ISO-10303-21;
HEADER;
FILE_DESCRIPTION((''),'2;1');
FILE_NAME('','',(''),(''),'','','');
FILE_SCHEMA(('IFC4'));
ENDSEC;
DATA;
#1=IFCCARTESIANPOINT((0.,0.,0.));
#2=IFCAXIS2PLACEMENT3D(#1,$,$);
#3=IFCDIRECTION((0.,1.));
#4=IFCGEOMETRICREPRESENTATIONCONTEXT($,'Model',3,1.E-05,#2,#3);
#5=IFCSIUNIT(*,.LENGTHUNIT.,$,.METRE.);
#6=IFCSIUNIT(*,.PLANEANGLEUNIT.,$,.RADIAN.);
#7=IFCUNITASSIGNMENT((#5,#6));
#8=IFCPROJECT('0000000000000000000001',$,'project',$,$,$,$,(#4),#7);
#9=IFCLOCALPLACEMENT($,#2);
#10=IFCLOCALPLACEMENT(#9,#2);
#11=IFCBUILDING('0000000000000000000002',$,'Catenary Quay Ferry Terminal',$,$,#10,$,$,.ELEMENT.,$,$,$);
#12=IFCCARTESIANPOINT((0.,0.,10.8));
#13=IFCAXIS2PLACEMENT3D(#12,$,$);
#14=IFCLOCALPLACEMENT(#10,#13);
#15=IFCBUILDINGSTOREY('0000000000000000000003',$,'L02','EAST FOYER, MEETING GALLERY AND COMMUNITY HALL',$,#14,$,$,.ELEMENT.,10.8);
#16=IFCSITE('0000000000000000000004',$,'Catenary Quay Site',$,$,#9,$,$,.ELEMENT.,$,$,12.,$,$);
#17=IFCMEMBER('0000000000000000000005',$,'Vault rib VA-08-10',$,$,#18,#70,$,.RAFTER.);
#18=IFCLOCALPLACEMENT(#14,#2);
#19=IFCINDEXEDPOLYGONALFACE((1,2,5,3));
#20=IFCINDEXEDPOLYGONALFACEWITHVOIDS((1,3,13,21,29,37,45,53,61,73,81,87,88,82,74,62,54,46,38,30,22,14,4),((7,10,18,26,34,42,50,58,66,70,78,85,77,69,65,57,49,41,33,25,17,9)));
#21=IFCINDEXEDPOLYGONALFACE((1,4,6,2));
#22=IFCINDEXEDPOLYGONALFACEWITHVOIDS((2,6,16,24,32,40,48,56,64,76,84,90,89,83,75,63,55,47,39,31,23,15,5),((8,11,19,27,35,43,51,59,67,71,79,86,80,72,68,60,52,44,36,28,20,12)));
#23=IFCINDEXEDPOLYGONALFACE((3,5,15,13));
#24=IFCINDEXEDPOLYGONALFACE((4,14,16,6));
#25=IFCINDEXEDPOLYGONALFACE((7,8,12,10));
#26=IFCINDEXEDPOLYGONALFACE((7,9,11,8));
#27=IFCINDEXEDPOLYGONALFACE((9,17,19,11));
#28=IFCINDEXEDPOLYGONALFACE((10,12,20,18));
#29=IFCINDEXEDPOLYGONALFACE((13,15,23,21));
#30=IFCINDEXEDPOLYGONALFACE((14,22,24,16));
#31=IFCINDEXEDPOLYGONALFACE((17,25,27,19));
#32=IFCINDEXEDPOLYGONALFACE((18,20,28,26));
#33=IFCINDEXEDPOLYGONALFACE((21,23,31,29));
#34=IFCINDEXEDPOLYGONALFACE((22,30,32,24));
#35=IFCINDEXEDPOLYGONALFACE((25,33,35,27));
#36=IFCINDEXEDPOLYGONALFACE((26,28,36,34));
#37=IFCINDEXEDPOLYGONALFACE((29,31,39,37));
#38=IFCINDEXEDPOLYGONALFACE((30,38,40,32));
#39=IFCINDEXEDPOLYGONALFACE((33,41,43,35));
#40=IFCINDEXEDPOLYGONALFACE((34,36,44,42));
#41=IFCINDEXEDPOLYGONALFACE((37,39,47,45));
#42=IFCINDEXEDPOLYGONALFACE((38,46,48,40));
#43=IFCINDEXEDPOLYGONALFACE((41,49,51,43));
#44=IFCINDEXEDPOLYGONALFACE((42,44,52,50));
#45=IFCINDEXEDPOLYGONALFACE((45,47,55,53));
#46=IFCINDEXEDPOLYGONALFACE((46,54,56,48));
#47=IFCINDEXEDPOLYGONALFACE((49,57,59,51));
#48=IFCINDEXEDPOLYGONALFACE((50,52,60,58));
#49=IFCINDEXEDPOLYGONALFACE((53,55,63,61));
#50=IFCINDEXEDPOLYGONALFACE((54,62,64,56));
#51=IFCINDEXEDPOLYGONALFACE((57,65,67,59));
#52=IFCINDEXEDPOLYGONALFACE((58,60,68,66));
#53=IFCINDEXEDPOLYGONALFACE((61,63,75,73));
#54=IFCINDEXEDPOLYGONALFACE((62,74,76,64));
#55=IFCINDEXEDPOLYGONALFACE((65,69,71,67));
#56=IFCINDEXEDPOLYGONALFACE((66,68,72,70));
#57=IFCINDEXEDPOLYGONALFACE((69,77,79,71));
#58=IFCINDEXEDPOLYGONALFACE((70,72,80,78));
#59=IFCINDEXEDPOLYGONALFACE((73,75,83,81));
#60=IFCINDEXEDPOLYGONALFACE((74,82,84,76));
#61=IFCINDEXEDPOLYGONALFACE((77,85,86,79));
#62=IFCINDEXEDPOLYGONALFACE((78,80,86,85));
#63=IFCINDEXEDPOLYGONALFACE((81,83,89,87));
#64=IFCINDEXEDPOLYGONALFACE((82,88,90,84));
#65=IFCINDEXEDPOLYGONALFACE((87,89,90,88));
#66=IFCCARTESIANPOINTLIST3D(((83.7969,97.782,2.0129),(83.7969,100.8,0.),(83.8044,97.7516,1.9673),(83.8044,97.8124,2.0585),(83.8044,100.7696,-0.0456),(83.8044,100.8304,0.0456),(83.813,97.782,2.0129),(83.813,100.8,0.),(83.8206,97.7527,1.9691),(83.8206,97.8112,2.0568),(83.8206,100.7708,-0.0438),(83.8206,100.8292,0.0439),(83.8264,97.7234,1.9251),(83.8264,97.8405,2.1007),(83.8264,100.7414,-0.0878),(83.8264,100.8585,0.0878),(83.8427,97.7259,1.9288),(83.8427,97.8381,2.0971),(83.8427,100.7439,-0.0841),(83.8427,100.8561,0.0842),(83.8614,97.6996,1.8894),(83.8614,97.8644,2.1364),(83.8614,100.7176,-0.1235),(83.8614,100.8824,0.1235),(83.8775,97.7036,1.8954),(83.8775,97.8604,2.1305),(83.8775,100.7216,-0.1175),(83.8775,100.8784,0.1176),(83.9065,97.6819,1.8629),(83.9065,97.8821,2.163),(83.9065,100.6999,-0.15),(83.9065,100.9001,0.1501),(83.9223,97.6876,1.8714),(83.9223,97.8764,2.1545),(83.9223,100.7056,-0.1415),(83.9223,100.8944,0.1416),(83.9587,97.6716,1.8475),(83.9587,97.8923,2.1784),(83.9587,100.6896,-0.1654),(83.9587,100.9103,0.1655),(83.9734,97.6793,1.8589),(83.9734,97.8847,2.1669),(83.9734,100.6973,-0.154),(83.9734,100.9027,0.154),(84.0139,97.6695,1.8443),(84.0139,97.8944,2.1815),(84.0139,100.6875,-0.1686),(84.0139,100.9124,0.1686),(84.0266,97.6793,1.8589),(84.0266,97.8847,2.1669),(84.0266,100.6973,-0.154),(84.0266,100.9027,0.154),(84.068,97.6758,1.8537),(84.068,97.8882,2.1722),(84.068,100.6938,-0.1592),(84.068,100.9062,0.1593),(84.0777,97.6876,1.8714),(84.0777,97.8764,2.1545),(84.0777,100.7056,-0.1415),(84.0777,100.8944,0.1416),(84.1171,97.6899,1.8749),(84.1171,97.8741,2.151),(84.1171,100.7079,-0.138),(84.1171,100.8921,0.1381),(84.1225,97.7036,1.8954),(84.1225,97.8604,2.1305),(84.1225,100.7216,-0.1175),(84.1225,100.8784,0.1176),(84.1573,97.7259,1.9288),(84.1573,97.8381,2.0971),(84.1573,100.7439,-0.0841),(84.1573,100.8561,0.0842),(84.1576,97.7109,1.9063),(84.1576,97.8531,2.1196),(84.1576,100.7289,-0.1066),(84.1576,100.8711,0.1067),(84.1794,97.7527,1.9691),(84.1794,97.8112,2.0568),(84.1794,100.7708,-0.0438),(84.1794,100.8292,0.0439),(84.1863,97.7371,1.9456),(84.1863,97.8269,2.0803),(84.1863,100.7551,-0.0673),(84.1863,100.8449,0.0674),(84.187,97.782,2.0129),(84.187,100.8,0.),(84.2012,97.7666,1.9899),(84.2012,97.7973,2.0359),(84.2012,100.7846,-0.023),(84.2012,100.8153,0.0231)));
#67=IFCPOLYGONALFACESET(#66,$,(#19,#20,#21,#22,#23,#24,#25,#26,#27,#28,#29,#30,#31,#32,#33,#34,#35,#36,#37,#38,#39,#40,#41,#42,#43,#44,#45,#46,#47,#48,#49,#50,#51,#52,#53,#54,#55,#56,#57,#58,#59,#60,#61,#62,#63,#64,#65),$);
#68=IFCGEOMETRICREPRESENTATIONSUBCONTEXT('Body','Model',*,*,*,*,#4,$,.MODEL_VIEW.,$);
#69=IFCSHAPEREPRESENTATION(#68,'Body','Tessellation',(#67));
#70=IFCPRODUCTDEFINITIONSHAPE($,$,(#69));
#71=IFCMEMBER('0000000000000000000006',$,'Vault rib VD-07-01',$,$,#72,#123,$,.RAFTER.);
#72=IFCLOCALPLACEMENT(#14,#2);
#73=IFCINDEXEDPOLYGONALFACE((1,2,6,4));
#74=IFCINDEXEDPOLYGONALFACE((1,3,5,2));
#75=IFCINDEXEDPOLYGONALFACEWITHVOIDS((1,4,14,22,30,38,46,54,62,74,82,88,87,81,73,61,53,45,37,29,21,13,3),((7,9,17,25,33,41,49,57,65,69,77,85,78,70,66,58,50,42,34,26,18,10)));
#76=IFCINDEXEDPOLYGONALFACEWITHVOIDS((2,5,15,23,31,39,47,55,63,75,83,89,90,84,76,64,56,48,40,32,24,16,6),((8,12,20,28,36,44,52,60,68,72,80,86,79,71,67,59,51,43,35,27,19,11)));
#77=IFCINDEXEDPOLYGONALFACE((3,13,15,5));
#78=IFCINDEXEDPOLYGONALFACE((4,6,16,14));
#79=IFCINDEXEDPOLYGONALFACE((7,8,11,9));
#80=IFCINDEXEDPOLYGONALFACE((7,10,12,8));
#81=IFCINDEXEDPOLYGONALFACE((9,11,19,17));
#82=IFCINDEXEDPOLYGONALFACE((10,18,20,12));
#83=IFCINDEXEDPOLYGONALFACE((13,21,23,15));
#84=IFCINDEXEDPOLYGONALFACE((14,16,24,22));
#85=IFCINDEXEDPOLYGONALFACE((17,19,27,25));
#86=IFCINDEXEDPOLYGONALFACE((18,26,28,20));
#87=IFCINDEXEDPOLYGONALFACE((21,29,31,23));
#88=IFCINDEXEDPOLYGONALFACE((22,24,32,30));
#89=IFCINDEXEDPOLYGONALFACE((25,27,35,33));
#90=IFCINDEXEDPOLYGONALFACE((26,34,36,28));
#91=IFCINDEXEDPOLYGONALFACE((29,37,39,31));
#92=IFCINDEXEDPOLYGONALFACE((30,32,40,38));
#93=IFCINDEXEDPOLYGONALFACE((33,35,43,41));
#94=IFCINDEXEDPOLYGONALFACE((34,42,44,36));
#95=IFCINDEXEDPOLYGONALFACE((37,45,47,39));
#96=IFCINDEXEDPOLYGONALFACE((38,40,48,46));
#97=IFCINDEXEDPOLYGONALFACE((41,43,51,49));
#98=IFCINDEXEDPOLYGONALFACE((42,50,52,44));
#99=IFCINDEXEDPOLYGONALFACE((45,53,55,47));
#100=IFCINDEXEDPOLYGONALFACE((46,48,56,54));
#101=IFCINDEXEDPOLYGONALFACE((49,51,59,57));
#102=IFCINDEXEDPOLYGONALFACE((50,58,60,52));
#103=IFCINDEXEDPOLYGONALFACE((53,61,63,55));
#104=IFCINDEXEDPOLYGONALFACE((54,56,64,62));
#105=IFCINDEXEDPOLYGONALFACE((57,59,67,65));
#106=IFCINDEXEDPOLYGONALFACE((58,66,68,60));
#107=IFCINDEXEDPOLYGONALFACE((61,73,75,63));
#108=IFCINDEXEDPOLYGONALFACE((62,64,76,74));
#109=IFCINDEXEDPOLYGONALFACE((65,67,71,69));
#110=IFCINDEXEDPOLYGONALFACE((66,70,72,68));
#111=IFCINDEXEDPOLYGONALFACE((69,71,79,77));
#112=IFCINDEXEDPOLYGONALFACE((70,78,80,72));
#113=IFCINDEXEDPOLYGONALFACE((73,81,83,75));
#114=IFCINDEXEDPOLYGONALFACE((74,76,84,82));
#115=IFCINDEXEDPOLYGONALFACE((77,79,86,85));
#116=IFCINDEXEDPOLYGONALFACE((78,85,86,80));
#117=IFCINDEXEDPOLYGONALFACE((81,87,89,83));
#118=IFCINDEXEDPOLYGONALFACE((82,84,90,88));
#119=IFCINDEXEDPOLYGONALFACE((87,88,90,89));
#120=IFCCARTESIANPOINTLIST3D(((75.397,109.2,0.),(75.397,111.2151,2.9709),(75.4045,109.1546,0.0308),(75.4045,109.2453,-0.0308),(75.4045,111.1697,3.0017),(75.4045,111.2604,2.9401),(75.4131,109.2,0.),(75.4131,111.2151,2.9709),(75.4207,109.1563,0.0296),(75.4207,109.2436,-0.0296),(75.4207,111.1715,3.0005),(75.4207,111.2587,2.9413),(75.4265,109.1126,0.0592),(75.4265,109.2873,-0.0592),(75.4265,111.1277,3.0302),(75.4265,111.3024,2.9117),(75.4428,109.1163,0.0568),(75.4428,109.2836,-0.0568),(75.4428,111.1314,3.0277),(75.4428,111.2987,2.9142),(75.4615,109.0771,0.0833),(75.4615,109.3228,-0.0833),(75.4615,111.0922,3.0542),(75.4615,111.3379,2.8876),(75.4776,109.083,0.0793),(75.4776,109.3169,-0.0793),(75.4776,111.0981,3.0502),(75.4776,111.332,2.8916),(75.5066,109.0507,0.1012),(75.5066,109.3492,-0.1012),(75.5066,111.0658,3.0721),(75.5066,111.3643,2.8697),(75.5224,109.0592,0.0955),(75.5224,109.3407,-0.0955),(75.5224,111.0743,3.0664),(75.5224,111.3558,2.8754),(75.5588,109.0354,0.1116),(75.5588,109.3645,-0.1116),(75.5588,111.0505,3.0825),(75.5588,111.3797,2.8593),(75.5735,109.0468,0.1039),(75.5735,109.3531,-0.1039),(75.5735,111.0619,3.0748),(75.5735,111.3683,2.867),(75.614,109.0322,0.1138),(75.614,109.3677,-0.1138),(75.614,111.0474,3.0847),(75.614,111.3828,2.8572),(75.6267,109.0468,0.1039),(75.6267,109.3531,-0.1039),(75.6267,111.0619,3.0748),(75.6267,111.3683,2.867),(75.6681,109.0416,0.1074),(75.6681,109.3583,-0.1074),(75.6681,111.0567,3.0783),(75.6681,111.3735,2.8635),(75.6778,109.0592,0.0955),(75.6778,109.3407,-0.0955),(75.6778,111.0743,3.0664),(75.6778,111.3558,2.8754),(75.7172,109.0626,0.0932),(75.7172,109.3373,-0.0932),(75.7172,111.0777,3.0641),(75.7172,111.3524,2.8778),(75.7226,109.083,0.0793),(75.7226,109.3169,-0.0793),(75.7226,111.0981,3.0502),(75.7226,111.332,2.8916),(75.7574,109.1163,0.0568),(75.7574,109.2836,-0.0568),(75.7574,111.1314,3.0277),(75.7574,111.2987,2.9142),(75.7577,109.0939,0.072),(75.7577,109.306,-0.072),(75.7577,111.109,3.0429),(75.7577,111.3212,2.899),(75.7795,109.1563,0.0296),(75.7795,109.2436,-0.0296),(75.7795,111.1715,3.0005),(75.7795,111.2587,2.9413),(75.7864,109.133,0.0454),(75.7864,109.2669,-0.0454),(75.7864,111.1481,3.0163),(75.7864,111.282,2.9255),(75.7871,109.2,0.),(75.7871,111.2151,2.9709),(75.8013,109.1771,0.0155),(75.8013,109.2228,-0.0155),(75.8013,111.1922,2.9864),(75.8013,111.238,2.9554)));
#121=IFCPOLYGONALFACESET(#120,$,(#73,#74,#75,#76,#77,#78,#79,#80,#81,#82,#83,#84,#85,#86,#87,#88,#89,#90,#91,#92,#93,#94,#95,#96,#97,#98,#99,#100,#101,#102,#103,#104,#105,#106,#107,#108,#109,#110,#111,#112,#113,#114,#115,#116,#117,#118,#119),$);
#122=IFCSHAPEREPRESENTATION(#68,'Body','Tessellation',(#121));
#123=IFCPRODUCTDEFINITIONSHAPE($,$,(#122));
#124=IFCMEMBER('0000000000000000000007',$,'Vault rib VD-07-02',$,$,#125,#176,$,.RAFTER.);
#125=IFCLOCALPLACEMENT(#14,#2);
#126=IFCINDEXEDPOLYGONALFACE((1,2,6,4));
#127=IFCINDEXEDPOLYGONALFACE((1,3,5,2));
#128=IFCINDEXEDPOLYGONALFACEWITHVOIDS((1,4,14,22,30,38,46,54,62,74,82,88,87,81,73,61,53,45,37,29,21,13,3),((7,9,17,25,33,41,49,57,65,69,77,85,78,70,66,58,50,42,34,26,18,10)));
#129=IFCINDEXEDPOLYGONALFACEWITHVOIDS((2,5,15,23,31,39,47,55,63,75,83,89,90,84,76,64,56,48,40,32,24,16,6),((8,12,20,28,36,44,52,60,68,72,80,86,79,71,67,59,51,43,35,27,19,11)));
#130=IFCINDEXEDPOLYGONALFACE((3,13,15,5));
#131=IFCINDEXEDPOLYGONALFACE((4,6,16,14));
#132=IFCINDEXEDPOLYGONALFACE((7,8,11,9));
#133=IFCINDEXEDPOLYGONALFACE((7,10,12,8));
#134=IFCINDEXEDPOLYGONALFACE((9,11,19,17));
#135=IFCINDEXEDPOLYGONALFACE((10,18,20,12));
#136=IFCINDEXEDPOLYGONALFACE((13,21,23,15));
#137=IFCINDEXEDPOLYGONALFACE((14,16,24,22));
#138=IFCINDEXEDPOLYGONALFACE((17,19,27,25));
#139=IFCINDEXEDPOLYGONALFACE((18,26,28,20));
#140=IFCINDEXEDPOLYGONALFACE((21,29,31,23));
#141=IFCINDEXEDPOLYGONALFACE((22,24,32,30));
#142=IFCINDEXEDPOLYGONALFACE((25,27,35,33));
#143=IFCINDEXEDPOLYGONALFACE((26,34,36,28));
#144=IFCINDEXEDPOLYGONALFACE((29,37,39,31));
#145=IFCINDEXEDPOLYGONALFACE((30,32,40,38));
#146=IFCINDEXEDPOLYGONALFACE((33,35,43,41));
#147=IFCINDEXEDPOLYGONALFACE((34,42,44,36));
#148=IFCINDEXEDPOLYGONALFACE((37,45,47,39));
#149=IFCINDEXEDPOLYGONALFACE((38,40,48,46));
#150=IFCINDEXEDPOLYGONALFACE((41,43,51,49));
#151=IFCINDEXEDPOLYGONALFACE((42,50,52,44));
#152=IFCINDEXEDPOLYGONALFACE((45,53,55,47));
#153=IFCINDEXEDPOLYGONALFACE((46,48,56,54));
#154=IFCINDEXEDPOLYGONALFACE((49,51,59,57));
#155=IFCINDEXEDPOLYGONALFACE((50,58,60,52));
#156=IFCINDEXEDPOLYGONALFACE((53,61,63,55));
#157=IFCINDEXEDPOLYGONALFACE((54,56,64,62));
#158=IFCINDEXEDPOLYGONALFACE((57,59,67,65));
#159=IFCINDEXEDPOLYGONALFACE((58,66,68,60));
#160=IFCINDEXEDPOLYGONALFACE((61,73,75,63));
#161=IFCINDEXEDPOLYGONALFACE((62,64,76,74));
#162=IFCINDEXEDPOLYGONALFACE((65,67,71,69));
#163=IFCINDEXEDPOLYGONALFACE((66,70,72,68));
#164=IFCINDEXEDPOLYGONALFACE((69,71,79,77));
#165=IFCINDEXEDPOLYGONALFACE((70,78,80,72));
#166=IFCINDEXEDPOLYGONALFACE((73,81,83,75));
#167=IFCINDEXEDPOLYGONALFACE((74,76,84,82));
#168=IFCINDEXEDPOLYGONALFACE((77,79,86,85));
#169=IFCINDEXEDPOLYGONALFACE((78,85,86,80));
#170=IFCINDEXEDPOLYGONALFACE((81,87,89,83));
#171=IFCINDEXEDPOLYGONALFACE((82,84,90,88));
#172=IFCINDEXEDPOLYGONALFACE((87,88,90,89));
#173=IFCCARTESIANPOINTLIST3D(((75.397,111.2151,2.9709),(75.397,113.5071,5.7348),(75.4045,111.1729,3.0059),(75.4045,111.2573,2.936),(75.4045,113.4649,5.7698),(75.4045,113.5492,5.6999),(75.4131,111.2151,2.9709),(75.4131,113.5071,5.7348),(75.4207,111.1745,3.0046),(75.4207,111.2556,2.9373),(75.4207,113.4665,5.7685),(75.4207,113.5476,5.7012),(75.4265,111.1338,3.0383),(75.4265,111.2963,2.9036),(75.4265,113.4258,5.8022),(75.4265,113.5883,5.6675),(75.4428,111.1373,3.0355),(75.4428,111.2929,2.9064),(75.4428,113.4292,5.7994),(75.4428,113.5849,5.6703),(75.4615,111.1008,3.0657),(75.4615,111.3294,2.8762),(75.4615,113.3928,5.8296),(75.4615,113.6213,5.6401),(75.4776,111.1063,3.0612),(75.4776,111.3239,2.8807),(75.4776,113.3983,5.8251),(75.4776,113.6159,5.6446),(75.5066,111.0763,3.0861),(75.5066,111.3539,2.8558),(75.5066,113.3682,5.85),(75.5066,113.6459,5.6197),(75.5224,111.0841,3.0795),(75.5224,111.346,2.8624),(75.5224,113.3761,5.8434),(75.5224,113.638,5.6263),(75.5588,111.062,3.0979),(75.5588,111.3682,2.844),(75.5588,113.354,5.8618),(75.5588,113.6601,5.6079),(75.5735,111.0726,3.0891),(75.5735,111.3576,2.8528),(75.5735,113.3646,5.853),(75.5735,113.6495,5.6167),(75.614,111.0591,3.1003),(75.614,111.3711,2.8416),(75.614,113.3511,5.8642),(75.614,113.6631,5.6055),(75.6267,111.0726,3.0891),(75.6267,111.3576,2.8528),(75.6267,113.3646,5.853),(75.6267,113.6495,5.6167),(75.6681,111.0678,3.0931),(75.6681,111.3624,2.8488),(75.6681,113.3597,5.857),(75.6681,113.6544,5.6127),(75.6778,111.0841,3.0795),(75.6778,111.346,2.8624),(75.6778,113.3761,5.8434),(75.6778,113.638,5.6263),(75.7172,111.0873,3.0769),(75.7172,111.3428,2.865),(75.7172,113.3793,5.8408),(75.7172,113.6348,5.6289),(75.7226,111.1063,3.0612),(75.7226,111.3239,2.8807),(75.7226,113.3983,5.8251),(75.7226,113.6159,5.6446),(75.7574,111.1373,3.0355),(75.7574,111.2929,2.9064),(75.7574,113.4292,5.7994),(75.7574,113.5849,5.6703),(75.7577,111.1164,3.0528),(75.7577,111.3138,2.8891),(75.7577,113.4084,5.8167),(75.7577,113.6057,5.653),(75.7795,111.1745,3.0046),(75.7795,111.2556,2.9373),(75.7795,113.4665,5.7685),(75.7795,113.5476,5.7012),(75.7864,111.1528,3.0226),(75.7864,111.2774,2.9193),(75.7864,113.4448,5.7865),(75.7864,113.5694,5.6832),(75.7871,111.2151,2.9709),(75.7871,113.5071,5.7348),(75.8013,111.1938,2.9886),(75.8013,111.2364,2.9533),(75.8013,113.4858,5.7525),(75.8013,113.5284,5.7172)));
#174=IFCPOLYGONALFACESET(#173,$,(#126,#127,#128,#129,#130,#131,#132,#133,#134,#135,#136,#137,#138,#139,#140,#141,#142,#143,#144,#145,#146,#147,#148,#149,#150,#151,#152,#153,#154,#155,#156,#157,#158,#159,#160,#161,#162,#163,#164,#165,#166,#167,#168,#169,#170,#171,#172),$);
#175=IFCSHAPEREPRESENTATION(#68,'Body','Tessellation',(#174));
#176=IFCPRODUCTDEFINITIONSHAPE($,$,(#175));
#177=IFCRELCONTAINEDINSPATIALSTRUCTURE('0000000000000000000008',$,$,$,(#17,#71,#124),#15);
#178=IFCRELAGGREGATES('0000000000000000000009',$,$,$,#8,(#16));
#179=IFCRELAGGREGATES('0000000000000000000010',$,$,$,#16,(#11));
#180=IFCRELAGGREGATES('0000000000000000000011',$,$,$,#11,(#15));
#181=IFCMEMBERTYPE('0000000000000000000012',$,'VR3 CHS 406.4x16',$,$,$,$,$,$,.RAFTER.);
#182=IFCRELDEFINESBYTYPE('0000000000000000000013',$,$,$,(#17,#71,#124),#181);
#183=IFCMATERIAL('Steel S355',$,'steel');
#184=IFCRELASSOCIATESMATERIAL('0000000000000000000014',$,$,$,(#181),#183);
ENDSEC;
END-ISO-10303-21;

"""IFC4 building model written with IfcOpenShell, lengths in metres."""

from ifc_helpers import new_model, si_unit, direction, frame, origin, origin_2d, place, context, subcontext, project, spatial, hollow_circle, extrude, material, material_profile, profile_set, type_object, element, save


model = new_model("IFC4")

# Units and contexts
model_context = context("Model", 3, precision=1e-05, world=origin(), true_north=direction((0.0, 1.0)))
body_context = subcontext(model_context, "Body", "Model", "MODEL_VIEW")
ifc_project = project(units=[si_unit("LENGTHUNIT", "METRE"), si_unit("PLANEANGLEUNIT", "RADIAN")], contexts=[model_context])

# Site, building, storey
site_placement = place(None, origin())
site = spatial("IfcSite", under=ifc_project, at=site_placement, Name="Catenary Quay Site", CompositionType="ELEMENT", RefElevation=12.0)
building_placement = place(site_placement, origin())
building = spatial("IfcBuilding", under=site, at=building_placement, Name="Catenary Quay Ferry Terminal", CompositionType="ELEMENT")
storey_placement = place(building_placement, frame((0.0, 0.0, 10.8)))
storey = spatial("IfcBuildingStorey", under=building, at=storey_placement, Name="L02", Description="EAST FOYER, MEETING GALLERY AND COMMUNITY HALL", CompositionType="ELEMENT", Elevation=10.8)

# Members
ifc_material_1 = material(Name="Steel S355", Category="steel")
ifc_material_profile_1 = material_profile(ifc_material_1, hollow_circle(Radius=0.2031, WallThickness=0.0161, at=origin_2d()), Name="CHS 406.4x16")
ifc_profile_set_1 = profile_set([ifc_material_profile_1], Name="Steel S355")
member_type_1 = type_object("IfcMemberType", Name="VR3 CHS 406.4x16", PredefinedType="RAFTER", material=ifc_profile_set_1)
for number, where, z_axis, x_axis, name in (
    (1, (84.0, 97.782, 2.0129), (0.0, 0.831936, -0.554871), (-1.0, 0.0, 0.0), "Vault rib VA-08-10"),
):
    element("IfcMember", number, at=place(storey_placement, frame(where, z_axis=z_axis, x_axis=x_axis)), inside=storey, type_object=member_type_1, Name=name, PredefinedType="RAFTER", context=body_context, shape_type="SweptSolid", body=[
        extrude(hollow_circle(Radius=0.2031, WallThickness=0.0161, at=origin_2d()), origin(), (0.0, 0.0, 1.0), 3.6277),
    ])
member_1_placement = place(storey_placement, frame((75.6001, 109.2, 0.0), z_axis=(0.0, 0.561337, 0.827587), x_axis=(-1.0, 0.0, 0.0)))
element("IfcMember", 2, at=member_1_placement, inside=storey, type_object=member_type_1, Name="Vault rib VD-07-01", PredefinedType="RAFTER", context=body_context, shape_type="SweptSolid", body=[
    extrude(hollow_circle(Radius=0.2031, WallThickness=0.0161, at=origin_2d()), origin(), (0.0, 0.0, 1.0), 3.5898),
])
member_2_placement = place(storey_placement, frame((75.6001, 111.2151, 2.9709), z_axis=(0.0, 0.63833, 0.769763), x_axis=(-1.0, 0.0, 0.0)))
element("IfcMember", 3, at=member_2_placement, inside=storey, type_object=member_type_1, Name="Vault rib VD-07-02", PredefinedType="RAFTER", context=body_context, shape_type="SweptSolid", body=[
    extrude(hollow_circle(Radius=0.2031, WallThickness=0.0161, at=origin_2d()), origin(), (0.0, 0.0, 1.0), 3.5906),
])

save(model, "model.ifc")
